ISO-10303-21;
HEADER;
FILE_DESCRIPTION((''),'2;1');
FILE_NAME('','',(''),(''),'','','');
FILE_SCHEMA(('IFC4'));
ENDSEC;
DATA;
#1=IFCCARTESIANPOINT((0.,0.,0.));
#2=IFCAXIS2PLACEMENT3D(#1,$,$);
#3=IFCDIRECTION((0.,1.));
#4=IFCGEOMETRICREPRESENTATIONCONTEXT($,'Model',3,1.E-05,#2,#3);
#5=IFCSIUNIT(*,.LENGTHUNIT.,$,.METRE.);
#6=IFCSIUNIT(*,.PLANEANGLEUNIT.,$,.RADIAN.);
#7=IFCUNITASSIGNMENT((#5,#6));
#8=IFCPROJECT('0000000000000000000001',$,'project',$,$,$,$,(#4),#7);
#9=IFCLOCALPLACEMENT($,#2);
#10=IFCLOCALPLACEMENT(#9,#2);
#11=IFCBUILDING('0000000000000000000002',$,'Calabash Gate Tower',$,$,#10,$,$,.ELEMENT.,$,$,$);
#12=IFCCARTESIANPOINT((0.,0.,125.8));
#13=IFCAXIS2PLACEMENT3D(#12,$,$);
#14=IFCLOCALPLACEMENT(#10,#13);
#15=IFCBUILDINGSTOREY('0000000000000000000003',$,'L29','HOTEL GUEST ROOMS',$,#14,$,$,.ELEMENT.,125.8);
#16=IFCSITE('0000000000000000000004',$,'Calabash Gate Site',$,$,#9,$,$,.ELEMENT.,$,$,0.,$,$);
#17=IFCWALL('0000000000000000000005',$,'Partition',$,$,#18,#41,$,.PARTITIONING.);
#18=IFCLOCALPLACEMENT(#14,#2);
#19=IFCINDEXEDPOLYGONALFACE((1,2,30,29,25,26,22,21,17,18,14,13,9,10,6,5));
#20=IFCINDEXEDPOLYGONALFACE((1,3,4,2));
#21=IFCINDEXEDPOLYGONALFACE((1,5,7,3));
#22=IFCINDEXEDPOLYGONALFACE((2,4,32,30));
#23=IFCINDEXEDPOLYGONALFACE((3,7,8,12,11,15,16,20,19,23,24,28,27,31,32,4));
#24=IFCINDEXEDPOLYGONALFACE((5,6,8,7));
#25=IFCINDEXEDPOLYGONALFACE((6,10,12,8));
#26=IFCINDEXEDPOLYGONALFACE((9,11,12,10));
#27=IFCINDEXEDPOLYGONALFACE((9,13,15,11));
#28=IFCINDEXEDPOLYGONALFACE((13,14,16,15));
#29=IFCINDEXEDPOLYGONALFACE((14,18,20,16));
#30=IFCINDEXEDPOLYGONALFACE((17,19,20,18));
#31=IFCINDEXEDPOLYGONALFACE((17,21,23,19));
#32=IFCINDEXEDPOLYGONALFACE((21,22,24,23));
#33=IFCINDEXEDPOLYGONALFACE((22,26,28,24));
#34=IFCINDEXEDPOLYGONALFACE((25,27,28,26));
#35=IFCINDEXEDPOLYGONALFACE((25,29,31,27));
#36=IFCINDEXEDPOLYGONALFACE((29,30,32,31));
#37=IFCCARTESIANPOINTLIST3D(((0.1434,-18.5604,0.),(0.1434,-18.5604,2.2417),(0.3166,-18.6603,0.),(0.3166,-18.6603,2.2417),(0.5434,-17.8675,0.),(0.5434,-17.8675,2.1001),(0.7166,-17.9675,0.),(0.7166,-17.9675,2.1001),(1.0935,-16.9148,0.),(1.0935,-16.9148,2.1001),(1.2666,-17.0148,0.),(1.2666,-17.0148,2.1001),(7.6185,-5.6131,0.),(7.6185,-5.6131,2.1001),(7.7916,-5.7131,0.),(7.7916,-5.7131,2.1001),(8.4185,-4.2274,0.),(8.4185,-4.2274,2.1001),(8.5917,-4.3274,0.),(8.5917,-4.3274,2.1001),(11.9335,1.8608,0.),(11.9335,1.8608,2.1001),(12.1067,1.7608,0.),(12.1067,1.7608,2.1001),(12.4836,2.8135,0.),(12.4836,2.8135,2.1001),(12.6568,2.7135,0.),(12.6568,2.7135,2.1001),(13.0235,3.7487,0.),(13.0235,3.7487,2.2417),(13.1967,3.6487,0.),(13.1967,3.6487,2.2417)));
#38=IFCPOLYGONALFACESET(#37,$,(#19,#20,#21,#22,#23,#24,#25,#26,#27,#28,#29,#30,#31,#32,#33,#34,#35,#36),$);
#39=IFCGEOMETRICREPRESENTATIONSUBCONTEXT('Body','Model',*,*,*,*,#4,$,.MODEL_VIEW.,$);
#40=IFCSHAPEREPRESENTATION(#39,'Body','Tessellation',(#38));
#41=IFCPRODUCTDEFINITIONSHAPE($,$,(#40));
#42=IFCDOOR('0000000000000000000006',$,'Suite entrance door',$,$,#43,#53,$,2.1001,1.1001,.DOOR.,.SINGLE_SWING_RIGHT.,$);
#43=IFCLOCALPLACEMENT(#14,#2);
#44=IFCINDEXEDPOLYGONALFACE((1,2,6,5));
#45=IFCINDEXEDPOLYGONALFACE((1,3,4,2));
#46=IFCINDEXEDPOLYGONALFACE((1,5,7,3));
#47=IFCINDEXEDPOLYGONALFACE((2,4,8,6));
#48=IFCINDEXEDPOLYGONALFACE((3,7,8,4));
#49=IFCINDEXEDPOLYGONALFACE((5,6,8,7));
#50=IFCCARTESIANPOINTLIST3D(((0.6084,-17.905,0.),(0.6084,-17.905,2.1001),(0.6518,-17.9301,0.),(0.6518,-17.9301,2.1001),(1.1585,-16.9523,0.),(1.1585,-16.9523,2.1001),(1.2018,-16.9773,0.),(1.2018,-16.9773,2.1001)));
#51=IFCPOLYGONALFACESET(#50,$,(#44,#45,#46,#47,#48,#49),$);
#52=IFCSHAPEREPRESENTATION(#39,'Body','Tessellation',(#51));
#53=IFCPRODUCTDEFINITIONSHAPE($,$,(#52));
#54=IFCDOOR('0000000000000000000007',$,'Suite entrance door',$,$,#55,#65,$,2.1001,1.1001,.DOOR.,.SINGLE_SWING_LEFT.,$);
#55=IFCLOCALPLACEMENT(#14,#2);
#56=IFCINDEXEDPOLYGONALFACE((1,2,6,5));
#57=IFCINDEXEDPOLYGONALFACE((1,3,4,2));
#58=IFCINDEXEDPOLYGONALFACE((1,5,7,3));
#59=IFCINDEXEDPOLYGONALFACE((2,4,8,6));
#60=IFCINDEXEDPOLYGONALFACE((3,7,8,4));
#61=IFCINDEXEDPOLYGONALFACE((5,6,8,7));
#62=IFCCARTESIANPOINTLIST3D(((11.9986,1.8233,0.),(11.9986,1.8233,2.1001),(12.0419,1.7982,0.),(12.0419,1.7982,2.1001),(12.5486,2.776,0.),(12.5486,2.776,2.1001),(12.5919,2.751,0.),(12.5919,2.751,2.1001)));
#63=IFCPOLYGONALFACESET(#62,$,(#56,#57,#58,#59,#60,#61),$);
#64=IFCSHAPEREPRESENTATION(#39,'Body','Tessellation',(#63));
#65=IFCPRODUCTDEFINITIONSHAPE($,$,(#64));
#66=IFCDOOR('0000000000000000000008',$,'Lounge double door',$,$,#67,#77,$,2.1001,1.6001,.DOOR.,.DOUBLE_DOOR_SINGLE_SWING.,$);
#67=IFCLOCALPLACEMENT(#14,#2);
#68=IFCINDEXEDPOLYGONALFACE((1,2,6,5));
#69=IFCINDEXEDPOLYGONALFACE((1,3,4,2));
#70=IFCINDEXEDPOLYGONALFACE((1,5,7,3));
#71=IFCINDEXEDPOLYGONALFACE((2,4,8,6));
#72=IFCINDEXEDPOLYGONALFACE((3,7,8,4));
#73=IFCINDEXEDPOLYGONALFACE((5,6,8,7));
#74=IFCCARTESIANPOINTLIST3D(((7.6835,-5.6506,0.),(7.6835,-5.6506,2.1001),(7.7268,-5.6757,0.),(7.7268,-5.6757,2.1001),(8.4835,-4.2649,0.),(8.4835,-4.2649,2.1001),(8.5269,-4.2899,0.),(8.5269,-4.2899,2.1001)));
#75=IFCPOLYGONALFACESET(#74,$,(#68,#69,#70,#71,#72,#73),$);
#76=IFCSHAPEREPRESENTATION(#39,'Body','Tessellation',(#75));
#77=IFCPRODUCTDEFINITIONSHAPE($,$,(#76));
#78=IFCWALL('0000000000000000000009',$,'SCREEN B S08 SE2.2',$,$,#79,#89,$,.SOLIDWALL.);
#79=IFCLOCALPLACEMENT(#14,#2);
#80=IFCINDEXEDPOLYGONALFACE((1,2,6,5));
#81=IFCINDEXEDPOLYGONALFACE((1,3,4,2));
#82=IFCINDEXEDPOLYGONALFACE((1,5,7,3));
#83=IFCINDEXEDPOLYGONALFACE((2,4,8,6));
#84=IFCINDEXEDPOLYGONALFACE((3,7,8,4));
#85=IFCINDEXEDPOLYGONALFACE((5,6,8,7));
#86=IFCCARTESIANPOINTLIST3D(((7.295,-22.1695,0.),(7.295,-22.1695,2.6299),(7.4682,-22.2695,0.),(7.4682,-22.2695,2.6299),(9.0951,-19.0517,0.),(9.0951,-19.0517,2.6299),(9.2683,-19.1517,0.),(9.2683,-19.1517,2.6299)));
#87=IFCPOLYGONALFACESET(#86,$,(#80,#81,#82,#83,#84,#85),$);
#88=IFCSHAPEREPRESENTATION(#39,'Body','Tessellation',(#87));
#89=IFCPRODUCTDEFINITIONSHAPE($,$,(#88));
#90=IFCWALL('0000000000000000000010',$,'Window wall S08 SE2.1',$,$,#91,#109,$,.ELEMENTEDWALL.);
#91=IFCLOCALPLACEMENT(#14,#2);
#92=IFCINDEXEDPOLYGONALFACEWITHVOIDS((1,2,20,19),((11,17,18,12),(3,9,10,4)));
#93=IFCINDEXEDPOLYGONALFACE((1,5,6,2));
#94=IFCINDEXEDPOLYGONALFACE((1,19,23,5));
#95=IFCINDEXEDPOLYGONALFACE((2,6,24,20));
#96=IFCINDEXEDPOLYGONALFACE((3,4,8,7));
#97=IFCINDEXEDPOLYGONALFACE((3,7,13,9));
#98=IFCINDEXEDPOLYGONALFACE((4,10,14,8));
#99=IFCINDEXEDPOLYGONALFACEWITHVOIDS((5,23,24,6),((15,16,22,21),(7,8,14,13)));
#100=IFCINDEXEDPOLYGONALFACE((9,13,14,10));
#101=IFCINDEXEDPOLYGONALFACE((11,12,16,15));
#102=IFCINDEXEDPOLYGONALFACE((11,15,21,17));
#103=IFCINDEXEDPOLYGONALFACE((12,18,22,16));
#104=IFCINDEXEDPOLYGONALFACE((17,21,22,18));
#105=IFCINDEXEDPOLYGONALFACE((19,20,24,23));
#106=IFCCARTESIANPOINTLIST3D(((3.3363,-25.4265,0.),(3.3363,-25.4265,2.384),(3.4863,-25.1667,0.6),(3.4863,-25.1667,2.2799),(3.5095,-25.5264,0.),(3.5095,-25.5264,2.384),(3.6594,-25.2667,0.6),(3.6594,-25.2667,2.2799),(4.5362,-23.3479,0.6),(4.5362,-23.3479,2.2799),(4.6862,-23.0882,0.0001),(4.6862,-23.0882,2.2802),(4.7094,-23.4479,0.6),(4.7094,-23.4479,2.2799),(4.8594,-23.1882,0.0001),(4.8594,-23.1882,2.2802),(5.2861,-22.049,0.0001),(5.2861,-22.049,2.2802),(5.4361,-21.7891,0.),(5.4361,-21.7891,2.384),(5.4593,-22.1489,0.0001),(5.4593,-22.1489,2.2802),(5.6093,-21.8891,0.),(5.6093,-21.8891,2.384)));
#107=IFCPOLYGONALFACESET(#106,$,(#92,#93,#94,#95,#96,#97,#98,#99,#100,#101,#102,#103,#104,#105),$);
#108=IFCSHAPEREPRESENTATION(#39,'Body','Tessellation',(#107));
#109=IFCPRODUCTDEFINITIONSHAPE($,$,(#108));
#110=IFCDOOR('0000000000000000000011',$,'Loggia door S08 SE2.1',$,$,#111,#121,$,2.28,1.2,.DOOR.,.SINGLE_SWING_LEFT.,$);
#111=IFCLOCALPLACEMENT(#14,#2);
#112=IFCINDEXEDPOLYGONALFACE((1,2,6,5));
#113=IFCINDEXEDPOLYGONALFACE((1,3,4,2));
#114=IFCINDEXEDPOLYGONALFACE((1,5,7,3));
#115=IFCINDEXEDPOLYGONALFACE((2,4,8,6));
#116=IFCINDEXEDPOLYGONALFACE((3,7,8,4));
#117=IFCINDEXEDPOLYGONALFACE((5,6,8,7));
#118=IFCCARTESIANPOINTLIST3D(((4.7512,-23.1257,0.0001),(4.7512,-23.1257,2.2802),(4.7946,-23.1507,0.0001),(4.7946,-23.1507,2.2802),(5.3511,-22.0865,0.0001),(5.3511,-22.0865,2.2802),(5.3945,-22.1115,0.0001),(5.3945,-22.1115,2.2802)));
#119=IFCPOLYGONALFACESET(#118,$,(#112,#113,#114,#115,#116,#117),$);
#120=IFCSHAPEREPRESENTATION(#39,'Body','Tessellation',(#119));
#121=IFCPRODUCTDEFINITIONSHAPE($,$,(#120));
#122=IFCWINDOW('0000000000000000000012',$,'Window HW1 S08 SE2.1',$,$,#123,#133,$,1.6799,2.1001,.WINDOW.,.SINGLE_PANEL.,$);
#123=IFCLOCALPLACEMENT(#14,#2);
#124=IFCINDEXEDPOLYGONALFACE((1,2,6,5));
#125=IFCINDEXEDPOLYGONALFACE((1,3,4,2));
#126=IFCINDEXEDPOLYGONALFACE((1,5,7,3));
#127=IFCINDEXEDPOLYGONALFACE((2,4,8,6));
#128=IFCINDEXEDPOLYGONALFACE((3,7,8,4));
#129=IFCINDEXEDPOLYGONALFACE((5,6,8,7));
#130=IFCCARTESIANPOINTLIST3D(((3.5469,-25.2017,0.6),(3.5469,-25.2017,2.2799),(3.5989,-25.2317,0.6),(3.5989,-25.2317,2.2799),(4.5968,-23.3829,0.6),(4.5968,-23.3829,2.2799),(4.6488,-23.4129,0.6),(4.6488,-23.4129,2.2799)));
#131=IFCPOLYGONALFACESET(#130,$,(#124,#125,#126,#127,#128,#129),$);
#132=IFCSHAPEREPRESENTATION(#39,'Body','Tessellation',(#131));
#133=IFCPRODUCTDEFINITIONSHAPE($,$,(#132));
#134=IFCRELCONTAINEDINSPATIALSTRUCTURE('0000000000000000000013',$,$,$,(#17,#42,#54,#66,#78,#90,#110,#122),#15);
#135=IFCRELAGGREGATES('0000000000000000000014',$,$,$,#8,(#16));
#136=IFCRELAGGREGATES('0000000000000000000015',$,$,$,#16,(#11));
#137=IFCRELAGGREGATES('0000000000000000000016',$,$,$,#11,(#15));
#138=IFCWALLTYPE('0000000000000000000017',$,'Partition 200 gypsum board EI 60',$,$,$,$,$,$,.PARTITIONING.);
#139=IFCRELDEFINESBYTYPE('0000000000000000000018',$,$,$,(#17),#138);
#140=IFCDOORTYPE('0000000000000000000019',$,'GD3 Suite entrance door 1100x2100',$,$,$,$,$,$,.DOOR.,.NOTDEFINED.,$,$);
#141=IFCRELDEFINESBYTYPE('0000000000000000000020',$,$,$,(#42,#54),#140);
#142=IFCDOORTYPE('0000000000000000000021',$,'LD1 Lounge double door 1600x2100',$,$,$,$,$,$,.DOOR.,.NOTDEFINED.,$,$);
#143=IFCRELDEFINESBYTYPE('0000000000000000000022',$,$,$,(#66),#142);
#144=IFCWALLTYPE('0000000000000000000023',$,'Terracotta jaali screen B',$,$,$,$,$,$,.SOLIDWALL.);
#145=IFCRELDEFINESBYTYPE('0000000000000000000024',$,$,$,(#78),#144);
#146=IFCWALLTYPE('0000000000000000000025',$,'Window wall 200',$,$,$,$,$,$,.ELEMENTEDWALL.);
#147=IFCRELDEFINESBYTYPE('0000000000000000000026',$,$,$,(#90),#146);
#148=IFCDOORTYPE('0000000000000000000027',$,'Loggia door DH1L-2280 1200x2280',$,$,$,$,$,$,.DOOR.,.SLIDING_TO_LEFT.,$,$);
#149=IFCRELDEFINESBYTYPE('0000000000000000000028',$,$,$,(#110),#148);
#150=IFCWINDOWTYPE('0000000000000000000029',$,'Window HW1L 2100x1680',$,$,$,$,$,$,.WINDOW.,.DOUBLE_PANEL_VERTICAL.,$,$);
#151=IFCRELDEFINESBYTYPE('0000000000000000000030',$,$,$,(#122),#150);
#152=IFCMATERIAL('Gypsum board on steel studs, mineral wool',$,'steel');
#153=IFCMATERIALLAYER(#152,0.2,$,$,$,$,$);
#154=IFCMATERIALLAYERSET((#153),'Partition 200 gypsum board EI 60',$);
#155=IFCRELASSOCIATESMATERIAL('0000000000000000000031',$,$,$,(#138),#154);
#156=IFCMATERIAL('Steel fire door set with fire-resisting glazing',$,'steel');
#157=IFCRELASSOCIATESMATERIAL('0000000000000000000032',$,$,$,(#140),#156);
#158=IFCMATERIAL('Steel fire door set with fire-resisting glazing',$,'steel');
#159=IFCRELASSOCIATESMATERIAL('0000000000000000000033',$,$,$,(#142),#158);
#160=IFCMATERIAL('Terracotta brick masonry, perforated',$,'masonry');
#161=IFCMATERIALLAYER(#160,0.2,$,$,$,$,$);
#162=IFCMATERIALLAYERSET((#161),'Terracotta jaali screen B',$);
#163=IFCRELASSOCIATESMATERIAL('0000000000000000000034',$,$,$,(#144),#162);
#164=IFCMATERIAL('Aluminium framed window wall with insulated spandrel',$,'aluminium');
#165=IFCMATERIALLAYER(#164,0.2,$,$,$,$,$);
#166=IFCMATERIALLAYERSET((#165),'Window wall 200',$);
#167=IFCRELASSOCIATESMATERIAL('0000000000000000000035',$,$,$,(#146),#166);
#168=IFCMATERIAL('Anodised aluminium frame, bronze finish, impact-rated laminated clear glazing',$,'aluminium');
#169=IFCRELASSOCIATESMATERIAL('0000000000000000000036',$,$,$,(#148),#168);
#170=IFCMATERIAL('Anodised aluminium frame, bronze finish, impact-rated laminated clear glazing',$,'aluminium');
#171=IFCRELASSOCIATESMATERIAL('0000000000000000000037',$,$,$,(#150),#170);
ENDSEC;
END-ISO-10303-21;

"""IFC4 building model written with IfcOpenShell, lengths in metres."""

from ifc_helpers import new_model, si_unit, direction, frame, frame_2d, origin, place, context, subcontext, project, spatial, rectangle, extrude, material, layer, layer_set, type_object, element, fill, save


model = new_model("IFC4")

# Units and contexts
model_context = context("Model", 3, precision=1e-05, world=origin(), true_north=direction((0.0, 1.0)))
body_context = subcontext(model_context, "Body", "Model", "MODEL_VIEW")
ifc_project = project(units=[si_unit("LENGTHUNIT", "METRE"), si_unit("PLANEANGLEUNIT", "RADIAN")], contexts=[model_context])

# Site, building, storey
site_placement = place(None, origin())
site = spatial("IfcSite", under=ifc_project, at=site_placement, Name="Calabash Gate Site", CompositionType="ELEMENT", RefElevation=0.0)
building_placement = place(site_placement, origin())
building = spatial("IfcBuilding", under=site, at=building_placement, Name="Calabash Gate Tower", CompositionType="ELEMENT")
storey_placement = place(building_placement, frame((0.0, 0.0, 125.8)))
storey = spatial("IfcBuildingStorey", under=building, at=storey_placement, Name="L29", Description="HOTEL GUEST ROOMS", CompositionType="ELEMENT", Elevation=125.8)

# Shared definitions
ifc_material_1 = material(Name="Gypsum board on steel studs, mineral wool", Category="steel")
ifc_layer_1 = layer(ifc_material_1, 0.2)
ifc_layer_set_1 = layer_set([ifc_layer_1], Name="Partition 200 gypsum board EI 60")
wall_type_1 = type_object("IfcWallType", Name="Partition 200 gypsum board EI 60", PredefinedType="PARTITIONING", material=ifc_layer_set_1)

# Wall, openings, doors
wall_1_placement = place(storey_placement, frame((0.23, -18.6104, 0.0), z_axis=(0.0, 0.0, 1.0), x_axis=(0.499999, 0.866026, 0.0)))
wall_1 = element("IfcWall", 1, at=wall_1_placement, inside=storey, type_object=wall_type_1, Name="Partition", PredefinedType="PARTITIONING", context=body_context, shape_type="SweptSolid", body=[
    extrude(rectangle(XDim=25.7603, YDim=0.2, at=frame_2d((12.8801, 0.0))), origin(), (0.0, 0.0, 1.0), 2.2417),
])
opening_1_placement = place(wall_1_placement, frame((0.8, 0.0, 0.0)))
opening_1 = element("IfcOpeningElement", 2, at=opening_1_placement, cuts=wall_1, PredefinedType="OPENING", context=body_context, shape_type="SweptSolid", body=[
    extrude(rectangle(XDim=1.1001, YDim=2.1001, at=frame_2d((0.55, 1.05))), frame((0.0, 0.1099, 0.0), z_axis=(0.0, -1.0, 0.0), x_axis=(1.0, 0.0, 0.0)), (0.0, 0.0, 1.0), 0.22),
])
opening_2_placement = place(wall_1_placement, frame((14.9502, 0.0, 0.0)))
opening_2 = element("IfcOpeningElement", 3, at=opening_2_placement, cuts=wall_1, PredefinedType="OPENING", context=body_context, shape_type="SweptSolid", body=[
    extrude(rectangle(XDim=1.6001, YDim=2.1001, at=frame_2d((0.8, 1.05))), frame((0.0, 0.1099, 0.0), z_axis=(0.0, -1.0, 0.0), x_axis=(1.0, 0.0, 0.0)), (0.0, 0.0, 1.0), 0.22),
])
opening_3_placement = place(wall_1_placement, frame((23.5803, 0.0, 0.0)))
opening_3 = element("IfcOpeningElement", 4, at=opening_3_placement, cuts=wall_1, PredefinedType="OPENING", context=body_context, shape_type="SweptSolid", body=[
    extrude(rectangle(XDim=1.1001, YDim=2.1001, at=frame_2d((0.55, 1.05))), frame((0.0, 0.1099, 0.0), z_axis=(0.0, -1.0, 0.0), x_axis=(1.0, 0.0, 0.0)), (0.0, 0.0, 1.0), 0.22),
])
ifc_material_2 = material(Name="Steel fire door set with fire-resisting glazing", Category="steel")
door_type_1 = type_object("IfcDoorType", Name="GD3 Suite entrance door 1100x2100", OperationType="NOTDEFINED", PredefinedType="DOOR", material=ifc_material_2)
door_1_placement = place(opening_1_placement, origin())
door_1 = element("IfcDoor", 5, at=door_1_placement, inside=storey, type_object=door_type_1, Name="Suite entrance door", OperationType="SINGLE_SWING_RIGHT", OverallHeight=2.1001, OverallWidth=1.1001, PredefinedType="DOOR", context=body_context, shape_type="SweptSolid", body=[
    extrude(rectangle(XDim=1.1001, YDim=2.1001, at=frame_2d((0.55, 1.05))), frame((0.0, 0.0249, 0.0), z_axis=(0.0, -1.0, 0.0), x_axis=(1.0, 0.0, 0.0)), (0.0, 0.0, 1.0), 0.05),
])
fill(opening_1, door_1)
door_2_placement = place(opening_3_placement, origin())
door_2 = element("IfcDoor", 6, at=door_2_placement, inside=storey, type_object=door_type_1, Name="Suite entrance door", OperationType="SINGLE_SWING_LEFT", OverallHeight=2.1001, OverallWidth=1.1001, PredefinedType="DOOR", context=body_context, shape_type="SweptSolid", body=[
    extrude(rectangle(XDim=1.1001, YDim=2.1001, at=frame_2d((0.55, 1.05))), frame((0.0, 0.0249, 0.0), z_axis=(0.0, -1.0, 0.0), x_axis=(1.0, 0.0, 0.0)), (0.0, 0.0, 1.0), 0.05),
])
fill(opening_3, door_2)
ifc_material_3 = material(Name="Steel fire door set with fire-resisting glazing", Category="steel")
door_type_2 = type_object("IfcDoorType", Name="LD1 Lounge double door 1600x2100", OperationType="NOTDEFINED", PredefinedType="DOOR", material=ifc_material_3)
door_3_placement = place(opening_2_placement, origin())
door_3 = element("IfcDoor", 7, at=door_3_placement, inside=storey, type_object=door_type_2, Name="Lounge double door", OperationType="DOUBLE_DOOR_SINGLE_SWING", OverallHeight=2.1001, OverallWidth=1.6001, PredefinedType="DOOR", context=body_context, shape_type="SweptSolid", body=[
    extrude(rectangle(XDim=1.6001, YDim=2.1001, at=frame_2d((0.8, 1.05))), frame((0.0, 0.0249, 0.0), z_axis=(0.0, -1.0, 0.0), x_axis=(1.0, 0.0, 0.0)), (0.0, 0.0, 1.0), 0.05),
])
fill(opening_2, door_3)

# Wall
ifc_material_4 = material(Name="Terracotta brick masonry, perforated", Category="masonry")
ifc_layer_2 = layer(ifc_material_4, 0.2)
ifc_layer_set_2 = layer_set([ifc_layer_2], Name="Terracotta jaali screen B")
wall_type_2 = type_object("IfcWallType", Name="Terracotta jaali screen B", PredefinedType="SOLIDWALL", material=ifc_layer_set_2)
wall_2_placement = place(storey_placement, frame((7.3816, -22.2195, 0.0), z_axis=(0.0, 0.0, 1.0), x_axis=(0.500012, 0.866018, 0.0)))
element("IfcWall", 8, at=wall_2_placement, inside=storey, type_object=wall_type_2, Name="SCREEN B S08 SE2.2", PredefinedType="SOLIDWALL", context=body_context, shape_type="SweptSolid", body=[
    extrude(rectangle(XDim=3.6001, YDim=0.2, at=frame_2d((1.8, 0.0))), origin(), (0.0, 0.0, 1.0), 2.6299),
])

# Wall, openings, door, window
ifc_material_5 = material(Name="Aluminium framed window wall with insulated spandrel", Category="aluminium")
ifc_layer_3 = layer(ifc_material_5, 0.2)
ifc_layer_set_3 = layer_set([ifc_layer_3], Name="Window wall 200")
wall_type_3 = type_object("IfcWallType", Name="Window wall 200", PredefinedType="ELEMENTEDWALL", material=ifc_layer_set_3)
wall_3_placement = place(storey_placement, frame((3.4229, -25.4766, 0.0), z_axis=(0.0, 0.0, 1.0), x_axis=(0.499959, 0.866049, 0.0)))
wall_3 = element("IfcWall", 9, at=wall_3_placement, inside=storey, type_object=wall_type_3, Name="Window wall S08 SE2.1", PredefinedType="ELEMENTEDWALL", context=body_context, shape_type="SweptSolid", body=[
    extrude(rectangle(XDim=4.2, YDim=0.2, at=frame_2d((2.1001, 0.0))), origin(), (0.0, 0.0, 1.0), 2.384),
])
opening_4_placement = place(wall_3_placement, frame((0.3, 0.0, 0.6001)))
opening_4 = element("IfcOpeningElement", 10, at=opening_4_placement, cuts=wall_3, PredefinedType="OPENING", context=body_context, shape_type="SweptSolid", body=[
    extrude(rectangle(XDim=2.1001, YDim=1.6799, at=frame_2d((1.05, 0.8398))), frame((0.0, 0.1099, 0.0), z_axis=(0.0, -1.0, 0.0), x_axis=(1.0, 0.0, 0.0)), (0.0, 0.0, 1.0), 0.22),
])
opening_5_placement = place(wall_3_placement, frame((2.7, 0.0, 0.0)))
opening_5 = element("IfcOpeningElement", 11, at=opening_5_placement, cuts=wall_3, PredefinedType="OPENING", context=body_context, shape_type="SweptSolid", body=[
    extrude(rectangle(XDim=1.2, YDim=2.28, at=frame_2d((0.6001, 1.1401))), frame((0.0, 0.1099, 0.0), z_axis=(0.0, -1.0, 0.0), x_axis=(1.0, 0.0, 0.0)), (0.0, 0.0, 1.0), 0.22),
])
ifc_material_6 = material(Name="Anodised aluminium frame, bronze finish, impact-rated laminated clear glazing", Category="aluminium")
door_type_3 = type_object("IfcDoorType", Name="Loggia door DH1L-2280 1200x2280", OperationType="SLIDING_TO_LEFT", PredefinedType="DOOR", material=ifc_material_6)
door_4_placement = place(opening_5_placement, origin())
door_4 = element("IfcDoor", 12, at=door_4_placement, inside=storey, type_object=door_type_3, Name="Loggia door S08 SE2.1", OperationType="SINGLE_SWING_LEFT", OverallHeight=2.28, OverallWidth=1.2, PredefinedType="DOOR", context=body_context, shape_type="SweptSolid", body=[
    extrude(rectangle(XDim=1.2, YDim=2.28, at=frame_2d((0.6001, 1.1401))), frame((0.0, 0.0249, 0.0), z_axis=(0.0, -1.0, 0.0), x_axis=(1.0, 0.0, 0.0)), (0.0, 0.0, 1.0), 0.05),
])
fill(opening_5, door_4)
ifc_material_7 = material(Name="Anodised aluminium frame, bronze finish, impact-rated laminated clear glazing", Category="aluminium")
window_type_1 = type_object("IfcWindowType", Name="Window HW1L 2100x1680", PartitioningType="DOUBLE_PANEL_VERTICAL", PredefinedType="WINDOW", material=ifc_material_7)
window_1_placement = place(opening_4_placement, origin())
window_1 = element("IfcWindow", 13, at=window_1_placement, inside=storey, type_object=window_type_1, Name="Window HW1 S08 SE2.1", OverallHeight=1.6799, OverallWidth=2.1001, PartitioningType="SINGLE_PANEL", PredefinedType="WINDOW", context=body_context, shape_type="SweptSolid", body=[
    extrude(rectangle(XDim=2.1001, YDim=1.6799, at=frame_2d((1.05, 0.8398))), frame((0.0, 0.03, 0.0), z_axis=(0.0, -1.0, 0.0), x_axis=(1.0, 0.0, 0.0)), (0.0, 0.0, 1.0), 0.0601),
])
fill(opening_4, window_1)

save(model, "model.ifc")
